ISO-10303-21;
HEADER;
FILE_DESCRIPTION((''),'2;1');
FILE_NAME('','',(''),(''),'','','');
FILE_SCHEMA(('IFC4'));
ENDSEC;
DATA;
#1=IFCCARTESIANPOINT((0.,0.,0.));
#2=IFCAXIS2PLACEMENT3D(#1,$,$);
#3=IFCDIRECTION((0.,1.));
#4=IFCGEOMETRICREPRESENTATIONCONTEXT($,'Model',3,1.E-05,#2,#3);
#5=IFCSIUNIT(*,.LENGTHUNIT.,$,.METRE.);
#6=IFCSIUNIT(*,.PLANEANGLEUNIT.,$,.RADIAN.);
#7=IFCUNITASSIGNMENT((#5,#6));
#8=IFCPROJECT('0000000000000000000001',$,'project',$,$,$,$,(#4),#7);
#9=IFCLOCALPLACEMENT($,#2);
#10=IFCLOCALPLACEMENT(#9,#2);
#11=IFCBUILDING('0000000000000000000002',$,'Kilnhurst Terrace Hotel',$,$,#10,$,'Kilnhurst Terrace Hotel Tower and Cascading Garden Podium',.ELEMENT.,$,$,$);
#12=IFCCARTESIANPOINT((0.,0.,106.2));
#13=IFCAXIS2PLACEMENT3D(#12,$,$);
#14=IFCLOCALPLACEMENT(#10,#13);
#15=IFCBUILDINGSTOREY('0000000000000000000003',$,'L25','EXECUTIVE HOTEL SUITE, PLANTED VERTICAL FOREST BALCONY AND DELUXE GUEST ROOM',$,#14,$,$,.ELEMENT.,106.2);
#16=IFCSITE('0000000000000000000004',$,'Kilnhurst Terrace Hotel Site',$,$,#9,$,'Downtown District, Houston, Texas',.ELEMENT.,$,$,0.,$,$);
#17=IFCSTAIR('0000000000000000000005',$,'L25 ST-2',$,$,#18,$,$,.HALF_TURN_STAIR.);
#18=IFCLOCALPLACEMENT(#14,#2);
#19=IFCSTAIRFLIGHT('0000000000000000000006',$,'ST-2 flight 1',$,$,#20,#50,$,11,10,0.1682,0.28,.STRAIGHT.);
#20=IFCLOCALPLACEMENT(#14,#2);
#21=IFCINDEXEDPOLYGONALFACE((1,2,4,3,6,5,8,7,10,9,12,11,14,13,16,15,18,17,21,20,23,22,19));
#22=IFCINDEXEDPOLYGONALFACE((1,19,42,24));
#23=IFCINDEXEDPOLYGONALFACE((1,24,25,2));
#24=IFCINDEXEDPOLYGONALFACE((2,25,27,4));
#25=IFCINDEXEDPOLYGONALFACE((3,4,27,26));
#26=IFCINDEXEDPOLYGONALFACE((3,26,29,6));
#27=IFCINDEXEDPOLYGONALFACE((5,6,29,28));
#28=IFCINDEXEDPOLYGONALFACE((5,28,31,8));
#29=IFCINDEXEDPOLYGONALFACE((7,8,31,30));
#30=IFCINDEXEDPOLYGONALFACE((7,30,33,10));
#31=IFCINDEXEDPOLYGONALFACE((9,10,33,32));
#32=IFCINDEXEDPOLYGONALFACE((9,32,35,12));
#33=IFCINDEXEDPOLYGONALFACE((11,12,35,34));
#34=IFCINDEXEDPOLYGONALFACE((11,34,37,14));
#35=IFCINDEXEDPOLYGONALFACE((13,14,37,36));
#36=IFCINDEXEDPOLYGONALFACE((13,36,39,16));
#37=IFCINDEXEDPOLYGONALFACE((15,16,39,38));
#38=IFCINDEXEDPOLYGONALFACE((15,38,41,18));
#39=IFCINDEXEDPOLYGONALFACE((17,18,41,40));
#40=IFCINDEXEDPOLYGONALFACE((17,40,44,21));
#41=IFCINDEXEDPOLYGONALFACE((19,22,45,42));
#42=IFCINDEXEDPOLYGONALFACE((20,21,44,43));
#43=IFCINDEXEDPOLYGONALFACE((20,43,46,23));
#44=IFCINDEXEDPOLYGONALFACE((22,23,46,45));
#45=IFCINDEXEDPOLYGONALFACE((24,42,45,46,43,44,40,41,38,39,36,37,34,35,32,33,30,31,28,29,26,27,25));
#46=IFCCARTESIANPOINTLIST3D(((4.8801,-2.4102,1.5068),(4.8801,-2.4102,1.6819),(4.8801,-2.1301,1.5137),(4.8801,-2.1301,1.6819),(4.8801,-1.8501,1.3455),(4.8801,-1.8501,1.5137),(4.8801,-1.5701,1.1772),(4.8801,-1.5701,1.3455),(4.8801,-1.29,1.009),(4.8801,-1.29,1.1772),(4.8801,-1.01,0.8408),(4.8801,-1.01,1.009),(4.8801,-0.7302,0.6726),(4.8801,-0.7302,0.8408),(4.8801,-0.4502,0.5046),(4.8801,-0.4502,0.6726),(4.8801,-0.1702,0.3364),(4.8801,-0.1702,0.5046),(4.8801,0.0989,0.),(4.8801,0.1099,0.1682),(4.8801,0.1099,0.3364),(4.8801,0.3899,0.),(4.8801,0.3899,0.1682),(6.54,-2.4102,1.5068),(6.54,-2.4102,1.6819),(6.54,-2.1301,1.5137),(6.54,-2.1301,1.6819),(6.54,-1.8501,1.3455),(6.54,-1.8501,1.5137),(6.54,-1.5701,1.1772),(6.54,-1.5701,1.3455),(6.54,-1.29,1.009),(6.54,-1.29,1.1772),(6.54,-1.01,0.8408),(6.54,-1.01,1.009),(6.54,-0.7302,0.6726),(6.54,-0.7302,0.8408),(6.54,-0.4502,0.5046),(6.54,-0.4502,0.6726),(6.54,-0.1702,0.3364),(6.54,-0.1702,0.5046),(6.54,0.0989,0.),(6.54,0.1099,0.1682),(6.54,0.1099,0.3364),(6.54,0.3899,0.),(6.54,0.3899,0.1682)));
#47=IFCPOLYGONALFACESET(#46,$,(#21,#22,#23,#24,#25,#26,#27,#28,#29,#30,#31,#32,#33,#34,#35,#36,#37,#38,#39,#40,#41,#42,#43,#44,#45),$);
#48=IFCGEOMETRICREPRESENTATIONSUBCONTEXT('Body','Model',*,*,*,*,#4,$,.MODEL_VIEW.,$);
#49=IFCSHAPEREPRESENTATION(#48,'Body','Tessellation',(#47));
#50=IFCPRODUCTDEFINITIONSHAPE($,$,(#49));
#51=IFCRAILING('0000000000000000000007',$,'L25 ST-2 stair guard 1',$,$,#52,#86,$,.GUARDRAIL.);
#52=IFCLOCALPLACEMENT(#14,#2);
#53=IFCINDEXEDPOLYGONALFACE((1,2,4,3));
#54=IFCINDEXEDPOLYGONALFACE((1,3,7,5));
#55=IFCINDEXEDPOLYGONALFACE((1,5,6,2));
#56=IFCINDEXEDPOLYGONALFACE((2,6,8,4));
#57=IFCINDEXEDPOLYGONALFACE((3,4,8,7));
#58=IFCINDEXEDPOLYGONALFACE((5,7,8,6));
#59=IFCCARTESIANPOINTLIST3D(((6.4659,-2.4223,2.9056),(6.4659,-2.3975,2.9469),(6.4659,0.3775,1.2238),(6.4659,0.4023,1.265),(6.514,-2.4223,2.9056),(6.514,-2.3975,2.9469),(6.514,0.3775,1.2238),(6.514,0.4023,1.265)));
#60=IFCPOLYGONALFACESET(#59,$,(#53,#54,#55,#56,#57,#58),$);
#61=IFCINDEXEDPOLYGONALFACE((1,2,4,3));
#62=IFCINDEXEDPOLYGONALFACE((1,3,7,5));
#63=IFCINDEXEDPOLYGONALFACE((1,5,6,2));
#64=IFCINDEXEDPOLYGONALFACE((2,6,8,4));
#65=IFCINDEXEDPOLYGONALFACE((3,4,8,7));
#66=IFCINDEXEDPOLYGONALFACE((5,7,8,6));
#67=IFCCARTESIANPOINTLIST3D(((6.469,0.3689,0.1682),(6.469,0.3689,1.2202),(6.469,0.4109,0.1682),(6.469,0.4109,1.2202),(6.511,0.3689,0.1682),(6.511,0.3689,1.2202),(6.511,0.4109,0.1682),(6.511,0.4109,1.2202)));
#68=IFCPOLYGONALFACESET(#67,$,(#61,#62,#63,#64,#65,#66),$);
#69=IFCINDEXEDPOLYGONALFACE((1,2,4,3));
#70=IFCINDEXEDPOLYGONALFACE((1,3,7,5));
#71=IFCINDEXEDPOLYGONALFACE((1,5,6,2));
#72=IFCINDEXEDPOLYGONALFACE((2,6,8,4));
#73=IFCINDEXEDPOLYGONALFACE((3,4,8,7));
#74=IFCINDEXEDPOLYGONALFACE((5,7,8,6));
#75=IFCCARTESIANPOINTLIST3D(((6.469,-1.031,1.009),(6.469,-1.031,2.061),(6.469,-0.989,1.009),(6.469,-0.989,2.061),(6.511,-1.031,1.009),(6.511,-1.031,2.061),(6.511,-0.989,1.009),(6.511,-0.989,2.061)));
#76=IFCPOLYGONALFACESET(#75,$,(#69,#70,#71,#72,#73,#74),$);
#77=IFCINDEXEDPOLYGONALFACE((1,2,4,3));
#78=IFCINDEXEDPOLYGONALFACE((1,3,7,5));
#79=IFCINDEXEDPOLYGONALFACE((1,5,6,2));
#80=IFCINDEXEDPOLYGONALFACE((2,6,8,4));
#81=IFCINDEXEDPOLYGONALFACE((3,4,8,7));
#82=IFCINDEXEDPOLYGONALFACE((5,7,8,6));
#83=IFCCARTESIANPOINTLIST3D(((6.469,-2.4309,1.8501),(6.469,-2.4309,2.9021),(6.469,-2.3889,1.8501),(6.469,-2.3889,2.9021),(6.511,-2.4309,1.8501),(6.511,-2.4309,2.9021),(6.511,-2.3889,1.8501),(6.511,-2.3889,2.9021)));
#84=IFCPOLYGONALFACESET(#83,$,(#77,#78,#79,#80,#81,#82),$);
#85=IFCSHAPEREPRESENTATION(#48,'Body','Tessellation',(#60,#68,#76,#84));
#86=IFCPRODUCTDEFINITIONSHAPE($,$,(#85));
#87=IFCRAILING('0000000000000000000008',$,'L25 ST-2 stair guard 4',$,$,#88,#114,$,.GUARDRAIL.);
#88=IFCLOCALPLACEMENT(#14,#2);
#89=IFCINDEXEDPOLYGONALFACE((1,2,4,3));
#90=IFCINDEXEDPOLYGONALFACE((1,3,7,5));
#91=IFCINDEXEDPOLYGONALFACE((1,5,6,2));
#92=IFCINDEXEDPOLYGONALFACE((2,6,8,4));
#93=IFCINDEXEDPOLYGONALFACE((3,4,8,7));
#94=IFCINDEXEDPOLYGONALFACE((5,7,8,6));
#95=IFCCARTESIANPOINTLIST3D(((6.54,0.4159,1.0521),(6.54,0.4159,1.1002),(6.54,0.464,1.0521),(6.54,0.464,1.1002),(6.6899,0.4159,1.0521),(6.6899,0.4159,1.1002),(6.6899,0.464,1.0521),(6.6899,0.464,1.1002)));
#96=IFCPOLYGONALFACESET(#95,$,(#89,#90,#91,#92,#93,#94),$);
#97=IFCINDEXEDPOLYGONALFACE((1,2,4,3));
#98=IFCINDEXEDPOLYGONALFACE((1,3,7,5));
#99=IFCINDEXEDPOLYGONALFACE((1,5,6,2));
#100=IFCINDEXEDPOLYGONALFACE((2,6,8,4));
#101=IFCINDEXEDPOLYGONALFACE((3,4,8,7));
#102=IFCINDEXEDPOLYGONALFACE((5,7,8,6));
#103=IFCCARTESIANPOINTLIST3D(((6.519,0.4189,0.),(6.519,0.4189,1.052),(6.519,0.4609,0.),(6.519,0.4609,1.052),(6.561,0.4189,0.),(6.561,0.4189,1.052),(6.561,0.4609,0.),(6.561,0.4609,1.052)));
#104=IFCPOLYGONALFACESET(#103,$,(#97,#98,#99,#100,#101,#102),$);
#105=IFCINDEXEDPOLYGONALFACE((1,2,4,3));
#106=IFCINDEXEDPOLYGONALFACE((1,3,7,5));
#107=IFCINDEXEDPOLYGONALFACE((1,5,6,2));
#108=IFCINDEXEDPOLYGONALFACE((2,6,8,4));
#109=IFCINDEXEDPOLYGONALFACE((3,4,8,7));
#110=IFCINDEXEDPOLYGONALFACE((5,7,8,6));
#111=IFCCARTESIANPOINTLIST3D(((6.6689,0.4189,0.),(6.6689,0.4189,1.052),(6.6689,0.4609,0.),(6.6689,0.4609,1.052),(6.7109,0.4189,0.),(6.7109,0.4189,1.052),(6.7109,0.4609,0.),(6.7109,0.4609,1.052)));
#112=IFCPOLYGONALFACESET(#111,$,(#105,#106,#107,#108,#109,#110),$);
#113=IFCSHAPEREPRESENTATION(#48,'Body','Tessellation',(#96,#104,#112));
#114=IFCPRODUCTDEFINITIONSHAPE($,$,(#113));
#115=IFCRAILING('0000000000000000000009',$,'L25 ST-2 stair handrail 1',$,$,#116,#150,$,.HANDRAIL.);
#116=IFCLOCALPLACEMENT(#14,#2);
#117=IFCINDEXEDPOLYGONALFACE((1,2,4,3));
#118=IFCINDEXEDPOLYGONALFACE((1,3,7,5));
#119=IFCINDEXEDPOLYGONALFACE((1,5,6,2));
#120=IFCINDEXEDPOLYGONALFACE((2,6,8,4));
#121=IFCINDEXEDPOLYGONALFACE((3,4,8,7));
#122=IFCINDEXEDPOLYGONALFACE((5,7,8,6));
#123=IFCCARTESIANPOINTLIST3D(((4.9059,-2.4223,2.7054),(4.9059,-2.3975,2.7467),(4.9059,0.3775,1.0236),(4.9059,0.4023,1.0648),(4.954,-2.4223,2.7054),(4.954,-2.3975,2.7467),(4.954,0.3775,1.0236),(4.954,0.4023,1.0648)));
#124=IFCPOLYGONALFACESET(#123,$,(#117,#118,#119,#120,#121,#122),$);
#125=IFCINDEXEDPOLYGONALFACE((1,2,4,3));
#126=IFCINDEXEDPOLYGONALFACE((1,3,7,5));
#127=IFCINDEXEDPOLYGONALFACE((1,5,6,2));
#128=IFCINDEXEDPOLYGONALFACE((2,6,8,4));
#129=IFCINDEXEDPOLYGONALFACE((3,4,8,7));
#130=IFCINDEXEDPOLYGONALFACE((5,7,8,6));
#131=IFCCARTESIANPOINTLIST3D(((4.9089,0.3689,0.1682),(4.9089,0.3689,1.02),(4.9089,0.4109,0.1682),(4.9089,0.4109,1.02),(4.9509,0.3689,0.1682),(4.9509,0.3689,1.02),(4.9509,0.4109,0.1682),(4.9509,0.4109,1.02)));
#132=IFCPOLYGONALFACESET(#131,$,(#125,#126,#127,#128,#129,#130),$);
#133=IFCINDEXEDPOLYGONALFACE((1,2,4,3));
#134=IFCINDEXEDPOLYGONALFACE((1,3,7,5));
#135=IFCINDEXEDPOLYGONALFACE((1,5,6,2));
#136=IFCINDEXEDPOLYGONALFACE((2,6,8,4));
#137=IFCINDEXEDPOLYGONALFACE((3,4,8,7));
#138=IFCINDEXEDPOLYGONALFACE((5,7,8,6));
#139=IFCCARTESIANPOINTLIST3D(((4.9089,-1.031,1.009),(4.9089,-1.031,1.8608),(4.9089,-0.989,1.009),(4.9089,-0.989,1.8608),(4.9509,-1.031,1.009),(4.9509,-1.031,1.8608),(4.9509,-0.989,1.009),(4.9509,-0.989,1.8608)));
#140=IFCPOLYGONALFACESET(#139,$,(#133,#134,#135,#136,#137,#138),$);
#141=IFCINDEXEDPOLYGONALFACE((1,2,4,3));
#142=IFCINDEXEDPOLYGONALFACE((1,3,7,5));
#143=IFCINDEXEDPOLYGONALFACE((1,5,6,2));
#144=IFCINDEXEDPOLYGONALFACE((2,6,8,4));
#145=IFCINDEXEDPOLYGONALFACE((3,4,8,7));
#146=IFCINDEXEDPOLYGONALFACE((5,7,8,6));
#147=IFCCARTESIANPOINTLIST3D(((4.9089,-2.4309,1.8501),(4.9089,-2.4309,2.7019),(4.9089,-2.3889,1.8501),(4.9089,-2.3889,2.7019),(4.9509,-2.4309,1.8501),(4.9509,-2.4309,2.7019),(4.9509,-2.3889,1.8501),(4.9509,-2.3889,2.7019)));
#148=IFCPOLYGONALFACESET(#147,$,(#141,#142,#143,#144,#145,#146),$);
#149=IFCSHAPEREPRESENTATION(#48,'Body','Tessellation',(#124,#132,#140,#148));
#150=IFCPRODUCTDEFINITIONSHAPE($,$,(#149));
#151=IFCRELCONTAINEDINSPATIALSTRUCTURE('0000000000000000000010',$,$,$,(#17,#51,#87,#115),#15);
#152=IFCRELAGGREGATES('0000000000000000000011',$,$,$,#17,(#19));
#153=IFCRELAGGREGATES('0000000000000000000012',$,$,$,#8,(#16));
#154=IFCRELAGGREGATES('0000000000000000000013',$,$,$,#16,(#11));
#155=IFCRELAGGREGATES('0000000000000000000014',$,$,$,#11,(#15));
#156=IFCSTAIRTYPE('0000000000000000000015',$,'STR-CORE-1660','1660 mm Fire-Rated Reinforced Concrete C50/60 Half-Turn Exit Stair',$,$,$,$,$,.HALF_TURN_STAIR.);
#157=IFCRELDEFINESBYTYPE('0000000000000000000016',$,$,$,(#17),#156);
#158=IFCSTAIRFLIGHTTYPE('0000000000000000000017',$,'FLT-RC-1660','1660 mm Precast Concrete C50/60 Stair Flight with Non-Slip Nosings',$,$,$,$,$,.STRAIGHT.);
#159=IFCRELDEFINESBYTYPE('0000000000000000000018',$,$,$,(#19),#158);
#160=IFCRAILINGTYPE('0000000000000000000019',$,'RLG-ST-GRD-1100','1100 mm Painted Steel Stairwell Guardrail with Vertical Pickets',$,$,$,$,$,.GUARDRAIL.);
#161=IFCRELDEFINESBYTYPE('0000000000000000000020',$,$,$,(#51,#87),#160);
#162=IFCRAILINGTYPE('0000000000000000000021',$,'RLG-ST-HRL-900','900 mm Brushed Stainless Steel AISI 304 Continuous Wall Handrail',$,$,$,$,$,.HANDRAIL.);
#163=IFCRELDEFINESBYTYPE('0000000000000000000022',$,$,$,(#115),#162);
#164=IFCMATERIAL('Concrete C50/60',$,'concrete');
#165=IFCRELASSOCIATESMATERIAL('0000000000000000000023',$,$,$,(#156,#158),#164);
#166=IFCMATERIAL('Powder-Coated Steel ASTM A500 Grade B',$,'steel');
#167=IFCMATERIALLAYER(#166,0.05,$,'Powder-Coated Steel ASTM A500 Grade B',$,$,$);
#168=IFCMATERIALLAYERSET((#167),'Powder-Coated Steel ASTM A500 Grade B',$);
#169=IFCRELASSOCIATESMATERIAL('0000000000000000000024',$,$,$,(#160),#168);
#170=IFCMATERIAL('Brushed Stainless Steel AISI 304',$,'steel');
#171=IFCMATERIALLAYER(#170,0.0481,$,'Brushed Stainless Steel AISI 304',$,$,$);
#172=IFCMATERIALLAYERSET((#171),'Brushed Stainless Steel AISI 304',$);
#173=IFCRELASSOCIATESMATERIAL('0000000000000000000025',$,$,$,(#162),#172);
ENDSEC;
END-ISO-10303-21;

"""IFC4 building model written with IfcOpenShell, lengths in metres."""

from ifc_helpers import new_model, si_unit, direction, frame, origin, origin_2d, place, context, subcontext, project, spatial, polyline, rectangle, outline, extrude, material, layer, layer_set, type_object, element, aggregate, save


model = new_model("IFC4")

# Units and contexts
model_context = context("Model", 3, precision=1e-05, world=origin(), true_north=direction((0.0, 1.0)))
body_context = subcontext(model_context, "Body", "Model", "MODEL_VIEW")
ifc_project = project(units=[si_unit("LENGTHUNIT", "METRE"), si_unit("PLANEANGLEUNIT", "RADIAN")], contexts=[model_context])

# Site, building, storey
site_placement = place(None, origin())
site = spatial("IfcSite", under=ifc_project, at=site_placement, Name="Kilnhurst Terrace Hotel Site", LongName="Downtown District, Houston, Texas", CompositionType="ELEMENT", RefElevation=0.0)
building_placement = place(site_placement, origin())
building = spatial("IfcBuilding", under=site, at=building_placement, Name="Kilnhurst Terrace Hotel", LongName="Kilnhurst Terrace Hotel Tower and Cascading Garden Podium", CompositionType="ELEMENT")
storey_placement = place(building_placement, frame((0.0, 0.0, 106.2)))
storey = spatial("IfcBuildingStorey", under=building, at=storey_placement, Name="L25", Description="EXECUTIVE HOTEL SUITE, PLANTED VERTICAL FOREST BALCONY AND DELUXE GUEST ROOM", CompositionType="ELEMENT", Elevation=106.2)

# Shared definitions
ifc_material_1 = material(Name="Concrete C50/60", Category="concrete")

# Stair, stair flight
stair_type = type_object("IfcStairType", Name="STR-CORE-1660", Description="1660 mm Fire-Rated Reinforced Concrete C50/60 Half-Turn Exit Stair", PredefinedType="HALF_TURN_STAIR", material=ifc_material_1)
stair_placement = place(storey_placement, origin())
stair = element("IfcStair", 1, at=stair_placement, inside=storey, type_object=stair_type, Name="L25 ST-2", PredefinedType="HALF_TURN_STAIR")
stair_flight_type = type_object("IfcStairFlightType", Name="FLT-RC-1660", Description="1660 mm Precast Concrete C50/60 Stair Flight with Non-Slip Nosings", PredefinedType="STRAIGHT", material=ifc_material_1)
stair_flight_placement = place(storey_placement, frame((5.71, 0.3899, 0.0), z_axis=(0.0, 0.0, 1.0), x_axis=(0.0, -1.0, 0.0)))
stair_flight = element("IfcStairFlight", 2, at=stair_flight_placement, type_object=stair_flight_type, Name="ST-2 flight 1", NumberOfRisers=11, NumberOfTreads=10, PredefinedType="STRAIGHT", RiserHeight=0.1682, TreadLength=0.28, context=body_context, shape_type="SweptSolid", body=[
    extrude(outline(polyline([(0.0, 0.0), (0.0, 0.1682), (0.28, 0.1682), (0.28, 0.3364), (0.5601, 0.3364), (0.5601, 0.5046), (0.8401, 0.5046), (0.8401, 0.6726), (1.1201, 0.6726), (1.1201, 0.8408), (1.3999, 0.8408), (1.3999, 1.009), (1.6799, 1.009), (1.6799, 1.1772), (1.96, 1.1772), (1.96, 1.3455), (2.24, 1.3455), (2.24, 1.5137), (2.52, 1.5137), (2.52, 1.6819), (2.8, 1.6819), (2.8, 1.8501), (2.8, 1.5068), (0.291, 0.0), (0.0, 0.0)])), frame((0.0, 0.8301, 0.0), z_axis=(0.0, -1.0, 0.0), x_axis=(1.0, 0.0, 0.0)), (0.0, 0.0, 1.0), 1.6599),
])
aggregate(stair, [stair_flight])

# Railings
ifc_material_2 = material(Name="Powder-Coated Steel ASTM A500 Grade B", Category="steel")
ifc_layer_1 = layer(ifc_material_2, 0.05, Name="Powder-Coated Steel ASTM A500 Grade B")
ifc_layer_set_1 = layer_set([ifc_layer_1], Name="Powder-Coated Steel ASTM A500 Grade B")
railing_type_1 = type_object("IfcRailingType", Name="RLG-ST-GRD-1100", Description="1100 mm Painted Steel Stairwell Guardrail with Vertical Pickets", PredefinedType="GUARDRAIL", material=ifc_layer_set_1)
railing_1_placement = place(storey_placement, frame((6.49, 0.3899, 0.1682)))
element("IfcRailing", 3, at=railing_1_placement, inside=storey, type_object=railing_type_1, Name="L25 ST-2 stair guard 1", PredefinedType="GUARDRAIL", context=body_context, shape_type="SweptSolid", body=[
    extrude(rectangle(XDim=0.0481, YDim=0.0481, at=origin_2d()), frame((0.0, 0.0, 1.0762), z_axis=(0.0, -0.857222, 0.514946), x_axis=(1.0, 0.0, 0.0)), (0.0, 0.0, 1.0), 3.2661),
    extrude(rectangle(XDim=0.042, YDim=0.042, at=origin_2d()), origin(), (0.0, 0.0, 1.0), 1.052),
    extrude(rectangle(XDim=0.042, YDim=0.042, at=origin_2d()), frame((0.0, -1.3999, 0.8408)), (0.0, 0.0, 1.0), 1.052),
    extrude(rectangle(XDim=0.042, YDim=0.042, at=origin_2d()), frame((0.0, -2.7998, 1.6819)), (0.0, 0.0, 1.0), 1.052),
])
railing_2_placement = place(storey_placement, frame((6.54, 0.4399, 0.0)))
element("IfcRailing", 4, at=railing_2_placement, inside=storey, type_object=railing_type_1, Name="L25 ST-2 stair guard 4", PredefinedType="GUARDRAIL", context=body_context, shape_type="SweptSolid", body=[
    extrude(rectangle(XDim=0.0481, YDim=0.0481, at=origin_2d()), frame((0.0, 0.0, 1.0762), z_axis=(1.0, 0.0, 0.0), x_axis=(0.0, 1.0, 0.0)), (0.0, 0.0, 1.0), 0.1499),
    extrude(rectangle(XDim=0.042, YDim=0.042, at=origin_2d()), origin(), (0.0, 0.0, 1.0), 1.052),
    extrude(rectangle(XDim=0.042, YDim=0.042, at=origin_2d()), frame((0.1499, 0.0, 0.0)), (0.0, 0.0, 1.0), 1.052),
])
ifc_material_3 = material(Name="Brushed Stainless Steel AISI 304", Category="steel")
ifc_layer_2 = layer(ifc_material_3, 0.0481, Name="Brushed Stainless Steel AISI 304")
ifc_layer_set_2 = layer_set([ifc_layer_2], Name="Brushed Stainless Steel AISI 304")
railing_type_2 = type_object("IfcRailingType", Name="RLG-ST-HRL-900", Description="900 mm Brushed Stainless Steel AISI 304 Continuous Wall Handrail", PredefinedType="HANDRAIL", material=ifc_layer_set_2)
railing_3_placement = place(storey_placement, frame((4.9299, 0.3899, 0.1682)))
element("IfcRailing", 5, at=railing_3_placement, inside=storey, type_object=railing_type_2, Name="L25 ST-2 stair handrail 1", PredefinedType="HANDRAIL", context=body_context, shape_type="SweptSolid", body=[
    extrude(rectangle(XDim=0.0481, YDim=0.0481, at=origin_2d()), frame((0.0, 0.0, 0.876), z_axis=(0.0, -0.857222, 0.514946), x_axis=(1.0, 0.0, 0.0)), (0.0, 0.0, 1.0), 3.2661),
    extrude(rectangle(XDim=0.042, YDim=0.042, at=origin_2d()), origin(), (0.0, 0.0, 1.0), 0.8518),
    extrude(rectangle(XDim=0.042, YDim=0.042, at=origin_2d()), frame((0.0, -1.3999, 0.8408)), (0.0, 0.0, 1.0), 0.8518),
    extrude(rectangle(XDim=0.042, YDim=0.042, at=origin_2d()), frame((0.0, -2.7998, 1.6819)), (0.0, 0.0, 1.0), 0.8518),
])

save(model, "model.ifc")
